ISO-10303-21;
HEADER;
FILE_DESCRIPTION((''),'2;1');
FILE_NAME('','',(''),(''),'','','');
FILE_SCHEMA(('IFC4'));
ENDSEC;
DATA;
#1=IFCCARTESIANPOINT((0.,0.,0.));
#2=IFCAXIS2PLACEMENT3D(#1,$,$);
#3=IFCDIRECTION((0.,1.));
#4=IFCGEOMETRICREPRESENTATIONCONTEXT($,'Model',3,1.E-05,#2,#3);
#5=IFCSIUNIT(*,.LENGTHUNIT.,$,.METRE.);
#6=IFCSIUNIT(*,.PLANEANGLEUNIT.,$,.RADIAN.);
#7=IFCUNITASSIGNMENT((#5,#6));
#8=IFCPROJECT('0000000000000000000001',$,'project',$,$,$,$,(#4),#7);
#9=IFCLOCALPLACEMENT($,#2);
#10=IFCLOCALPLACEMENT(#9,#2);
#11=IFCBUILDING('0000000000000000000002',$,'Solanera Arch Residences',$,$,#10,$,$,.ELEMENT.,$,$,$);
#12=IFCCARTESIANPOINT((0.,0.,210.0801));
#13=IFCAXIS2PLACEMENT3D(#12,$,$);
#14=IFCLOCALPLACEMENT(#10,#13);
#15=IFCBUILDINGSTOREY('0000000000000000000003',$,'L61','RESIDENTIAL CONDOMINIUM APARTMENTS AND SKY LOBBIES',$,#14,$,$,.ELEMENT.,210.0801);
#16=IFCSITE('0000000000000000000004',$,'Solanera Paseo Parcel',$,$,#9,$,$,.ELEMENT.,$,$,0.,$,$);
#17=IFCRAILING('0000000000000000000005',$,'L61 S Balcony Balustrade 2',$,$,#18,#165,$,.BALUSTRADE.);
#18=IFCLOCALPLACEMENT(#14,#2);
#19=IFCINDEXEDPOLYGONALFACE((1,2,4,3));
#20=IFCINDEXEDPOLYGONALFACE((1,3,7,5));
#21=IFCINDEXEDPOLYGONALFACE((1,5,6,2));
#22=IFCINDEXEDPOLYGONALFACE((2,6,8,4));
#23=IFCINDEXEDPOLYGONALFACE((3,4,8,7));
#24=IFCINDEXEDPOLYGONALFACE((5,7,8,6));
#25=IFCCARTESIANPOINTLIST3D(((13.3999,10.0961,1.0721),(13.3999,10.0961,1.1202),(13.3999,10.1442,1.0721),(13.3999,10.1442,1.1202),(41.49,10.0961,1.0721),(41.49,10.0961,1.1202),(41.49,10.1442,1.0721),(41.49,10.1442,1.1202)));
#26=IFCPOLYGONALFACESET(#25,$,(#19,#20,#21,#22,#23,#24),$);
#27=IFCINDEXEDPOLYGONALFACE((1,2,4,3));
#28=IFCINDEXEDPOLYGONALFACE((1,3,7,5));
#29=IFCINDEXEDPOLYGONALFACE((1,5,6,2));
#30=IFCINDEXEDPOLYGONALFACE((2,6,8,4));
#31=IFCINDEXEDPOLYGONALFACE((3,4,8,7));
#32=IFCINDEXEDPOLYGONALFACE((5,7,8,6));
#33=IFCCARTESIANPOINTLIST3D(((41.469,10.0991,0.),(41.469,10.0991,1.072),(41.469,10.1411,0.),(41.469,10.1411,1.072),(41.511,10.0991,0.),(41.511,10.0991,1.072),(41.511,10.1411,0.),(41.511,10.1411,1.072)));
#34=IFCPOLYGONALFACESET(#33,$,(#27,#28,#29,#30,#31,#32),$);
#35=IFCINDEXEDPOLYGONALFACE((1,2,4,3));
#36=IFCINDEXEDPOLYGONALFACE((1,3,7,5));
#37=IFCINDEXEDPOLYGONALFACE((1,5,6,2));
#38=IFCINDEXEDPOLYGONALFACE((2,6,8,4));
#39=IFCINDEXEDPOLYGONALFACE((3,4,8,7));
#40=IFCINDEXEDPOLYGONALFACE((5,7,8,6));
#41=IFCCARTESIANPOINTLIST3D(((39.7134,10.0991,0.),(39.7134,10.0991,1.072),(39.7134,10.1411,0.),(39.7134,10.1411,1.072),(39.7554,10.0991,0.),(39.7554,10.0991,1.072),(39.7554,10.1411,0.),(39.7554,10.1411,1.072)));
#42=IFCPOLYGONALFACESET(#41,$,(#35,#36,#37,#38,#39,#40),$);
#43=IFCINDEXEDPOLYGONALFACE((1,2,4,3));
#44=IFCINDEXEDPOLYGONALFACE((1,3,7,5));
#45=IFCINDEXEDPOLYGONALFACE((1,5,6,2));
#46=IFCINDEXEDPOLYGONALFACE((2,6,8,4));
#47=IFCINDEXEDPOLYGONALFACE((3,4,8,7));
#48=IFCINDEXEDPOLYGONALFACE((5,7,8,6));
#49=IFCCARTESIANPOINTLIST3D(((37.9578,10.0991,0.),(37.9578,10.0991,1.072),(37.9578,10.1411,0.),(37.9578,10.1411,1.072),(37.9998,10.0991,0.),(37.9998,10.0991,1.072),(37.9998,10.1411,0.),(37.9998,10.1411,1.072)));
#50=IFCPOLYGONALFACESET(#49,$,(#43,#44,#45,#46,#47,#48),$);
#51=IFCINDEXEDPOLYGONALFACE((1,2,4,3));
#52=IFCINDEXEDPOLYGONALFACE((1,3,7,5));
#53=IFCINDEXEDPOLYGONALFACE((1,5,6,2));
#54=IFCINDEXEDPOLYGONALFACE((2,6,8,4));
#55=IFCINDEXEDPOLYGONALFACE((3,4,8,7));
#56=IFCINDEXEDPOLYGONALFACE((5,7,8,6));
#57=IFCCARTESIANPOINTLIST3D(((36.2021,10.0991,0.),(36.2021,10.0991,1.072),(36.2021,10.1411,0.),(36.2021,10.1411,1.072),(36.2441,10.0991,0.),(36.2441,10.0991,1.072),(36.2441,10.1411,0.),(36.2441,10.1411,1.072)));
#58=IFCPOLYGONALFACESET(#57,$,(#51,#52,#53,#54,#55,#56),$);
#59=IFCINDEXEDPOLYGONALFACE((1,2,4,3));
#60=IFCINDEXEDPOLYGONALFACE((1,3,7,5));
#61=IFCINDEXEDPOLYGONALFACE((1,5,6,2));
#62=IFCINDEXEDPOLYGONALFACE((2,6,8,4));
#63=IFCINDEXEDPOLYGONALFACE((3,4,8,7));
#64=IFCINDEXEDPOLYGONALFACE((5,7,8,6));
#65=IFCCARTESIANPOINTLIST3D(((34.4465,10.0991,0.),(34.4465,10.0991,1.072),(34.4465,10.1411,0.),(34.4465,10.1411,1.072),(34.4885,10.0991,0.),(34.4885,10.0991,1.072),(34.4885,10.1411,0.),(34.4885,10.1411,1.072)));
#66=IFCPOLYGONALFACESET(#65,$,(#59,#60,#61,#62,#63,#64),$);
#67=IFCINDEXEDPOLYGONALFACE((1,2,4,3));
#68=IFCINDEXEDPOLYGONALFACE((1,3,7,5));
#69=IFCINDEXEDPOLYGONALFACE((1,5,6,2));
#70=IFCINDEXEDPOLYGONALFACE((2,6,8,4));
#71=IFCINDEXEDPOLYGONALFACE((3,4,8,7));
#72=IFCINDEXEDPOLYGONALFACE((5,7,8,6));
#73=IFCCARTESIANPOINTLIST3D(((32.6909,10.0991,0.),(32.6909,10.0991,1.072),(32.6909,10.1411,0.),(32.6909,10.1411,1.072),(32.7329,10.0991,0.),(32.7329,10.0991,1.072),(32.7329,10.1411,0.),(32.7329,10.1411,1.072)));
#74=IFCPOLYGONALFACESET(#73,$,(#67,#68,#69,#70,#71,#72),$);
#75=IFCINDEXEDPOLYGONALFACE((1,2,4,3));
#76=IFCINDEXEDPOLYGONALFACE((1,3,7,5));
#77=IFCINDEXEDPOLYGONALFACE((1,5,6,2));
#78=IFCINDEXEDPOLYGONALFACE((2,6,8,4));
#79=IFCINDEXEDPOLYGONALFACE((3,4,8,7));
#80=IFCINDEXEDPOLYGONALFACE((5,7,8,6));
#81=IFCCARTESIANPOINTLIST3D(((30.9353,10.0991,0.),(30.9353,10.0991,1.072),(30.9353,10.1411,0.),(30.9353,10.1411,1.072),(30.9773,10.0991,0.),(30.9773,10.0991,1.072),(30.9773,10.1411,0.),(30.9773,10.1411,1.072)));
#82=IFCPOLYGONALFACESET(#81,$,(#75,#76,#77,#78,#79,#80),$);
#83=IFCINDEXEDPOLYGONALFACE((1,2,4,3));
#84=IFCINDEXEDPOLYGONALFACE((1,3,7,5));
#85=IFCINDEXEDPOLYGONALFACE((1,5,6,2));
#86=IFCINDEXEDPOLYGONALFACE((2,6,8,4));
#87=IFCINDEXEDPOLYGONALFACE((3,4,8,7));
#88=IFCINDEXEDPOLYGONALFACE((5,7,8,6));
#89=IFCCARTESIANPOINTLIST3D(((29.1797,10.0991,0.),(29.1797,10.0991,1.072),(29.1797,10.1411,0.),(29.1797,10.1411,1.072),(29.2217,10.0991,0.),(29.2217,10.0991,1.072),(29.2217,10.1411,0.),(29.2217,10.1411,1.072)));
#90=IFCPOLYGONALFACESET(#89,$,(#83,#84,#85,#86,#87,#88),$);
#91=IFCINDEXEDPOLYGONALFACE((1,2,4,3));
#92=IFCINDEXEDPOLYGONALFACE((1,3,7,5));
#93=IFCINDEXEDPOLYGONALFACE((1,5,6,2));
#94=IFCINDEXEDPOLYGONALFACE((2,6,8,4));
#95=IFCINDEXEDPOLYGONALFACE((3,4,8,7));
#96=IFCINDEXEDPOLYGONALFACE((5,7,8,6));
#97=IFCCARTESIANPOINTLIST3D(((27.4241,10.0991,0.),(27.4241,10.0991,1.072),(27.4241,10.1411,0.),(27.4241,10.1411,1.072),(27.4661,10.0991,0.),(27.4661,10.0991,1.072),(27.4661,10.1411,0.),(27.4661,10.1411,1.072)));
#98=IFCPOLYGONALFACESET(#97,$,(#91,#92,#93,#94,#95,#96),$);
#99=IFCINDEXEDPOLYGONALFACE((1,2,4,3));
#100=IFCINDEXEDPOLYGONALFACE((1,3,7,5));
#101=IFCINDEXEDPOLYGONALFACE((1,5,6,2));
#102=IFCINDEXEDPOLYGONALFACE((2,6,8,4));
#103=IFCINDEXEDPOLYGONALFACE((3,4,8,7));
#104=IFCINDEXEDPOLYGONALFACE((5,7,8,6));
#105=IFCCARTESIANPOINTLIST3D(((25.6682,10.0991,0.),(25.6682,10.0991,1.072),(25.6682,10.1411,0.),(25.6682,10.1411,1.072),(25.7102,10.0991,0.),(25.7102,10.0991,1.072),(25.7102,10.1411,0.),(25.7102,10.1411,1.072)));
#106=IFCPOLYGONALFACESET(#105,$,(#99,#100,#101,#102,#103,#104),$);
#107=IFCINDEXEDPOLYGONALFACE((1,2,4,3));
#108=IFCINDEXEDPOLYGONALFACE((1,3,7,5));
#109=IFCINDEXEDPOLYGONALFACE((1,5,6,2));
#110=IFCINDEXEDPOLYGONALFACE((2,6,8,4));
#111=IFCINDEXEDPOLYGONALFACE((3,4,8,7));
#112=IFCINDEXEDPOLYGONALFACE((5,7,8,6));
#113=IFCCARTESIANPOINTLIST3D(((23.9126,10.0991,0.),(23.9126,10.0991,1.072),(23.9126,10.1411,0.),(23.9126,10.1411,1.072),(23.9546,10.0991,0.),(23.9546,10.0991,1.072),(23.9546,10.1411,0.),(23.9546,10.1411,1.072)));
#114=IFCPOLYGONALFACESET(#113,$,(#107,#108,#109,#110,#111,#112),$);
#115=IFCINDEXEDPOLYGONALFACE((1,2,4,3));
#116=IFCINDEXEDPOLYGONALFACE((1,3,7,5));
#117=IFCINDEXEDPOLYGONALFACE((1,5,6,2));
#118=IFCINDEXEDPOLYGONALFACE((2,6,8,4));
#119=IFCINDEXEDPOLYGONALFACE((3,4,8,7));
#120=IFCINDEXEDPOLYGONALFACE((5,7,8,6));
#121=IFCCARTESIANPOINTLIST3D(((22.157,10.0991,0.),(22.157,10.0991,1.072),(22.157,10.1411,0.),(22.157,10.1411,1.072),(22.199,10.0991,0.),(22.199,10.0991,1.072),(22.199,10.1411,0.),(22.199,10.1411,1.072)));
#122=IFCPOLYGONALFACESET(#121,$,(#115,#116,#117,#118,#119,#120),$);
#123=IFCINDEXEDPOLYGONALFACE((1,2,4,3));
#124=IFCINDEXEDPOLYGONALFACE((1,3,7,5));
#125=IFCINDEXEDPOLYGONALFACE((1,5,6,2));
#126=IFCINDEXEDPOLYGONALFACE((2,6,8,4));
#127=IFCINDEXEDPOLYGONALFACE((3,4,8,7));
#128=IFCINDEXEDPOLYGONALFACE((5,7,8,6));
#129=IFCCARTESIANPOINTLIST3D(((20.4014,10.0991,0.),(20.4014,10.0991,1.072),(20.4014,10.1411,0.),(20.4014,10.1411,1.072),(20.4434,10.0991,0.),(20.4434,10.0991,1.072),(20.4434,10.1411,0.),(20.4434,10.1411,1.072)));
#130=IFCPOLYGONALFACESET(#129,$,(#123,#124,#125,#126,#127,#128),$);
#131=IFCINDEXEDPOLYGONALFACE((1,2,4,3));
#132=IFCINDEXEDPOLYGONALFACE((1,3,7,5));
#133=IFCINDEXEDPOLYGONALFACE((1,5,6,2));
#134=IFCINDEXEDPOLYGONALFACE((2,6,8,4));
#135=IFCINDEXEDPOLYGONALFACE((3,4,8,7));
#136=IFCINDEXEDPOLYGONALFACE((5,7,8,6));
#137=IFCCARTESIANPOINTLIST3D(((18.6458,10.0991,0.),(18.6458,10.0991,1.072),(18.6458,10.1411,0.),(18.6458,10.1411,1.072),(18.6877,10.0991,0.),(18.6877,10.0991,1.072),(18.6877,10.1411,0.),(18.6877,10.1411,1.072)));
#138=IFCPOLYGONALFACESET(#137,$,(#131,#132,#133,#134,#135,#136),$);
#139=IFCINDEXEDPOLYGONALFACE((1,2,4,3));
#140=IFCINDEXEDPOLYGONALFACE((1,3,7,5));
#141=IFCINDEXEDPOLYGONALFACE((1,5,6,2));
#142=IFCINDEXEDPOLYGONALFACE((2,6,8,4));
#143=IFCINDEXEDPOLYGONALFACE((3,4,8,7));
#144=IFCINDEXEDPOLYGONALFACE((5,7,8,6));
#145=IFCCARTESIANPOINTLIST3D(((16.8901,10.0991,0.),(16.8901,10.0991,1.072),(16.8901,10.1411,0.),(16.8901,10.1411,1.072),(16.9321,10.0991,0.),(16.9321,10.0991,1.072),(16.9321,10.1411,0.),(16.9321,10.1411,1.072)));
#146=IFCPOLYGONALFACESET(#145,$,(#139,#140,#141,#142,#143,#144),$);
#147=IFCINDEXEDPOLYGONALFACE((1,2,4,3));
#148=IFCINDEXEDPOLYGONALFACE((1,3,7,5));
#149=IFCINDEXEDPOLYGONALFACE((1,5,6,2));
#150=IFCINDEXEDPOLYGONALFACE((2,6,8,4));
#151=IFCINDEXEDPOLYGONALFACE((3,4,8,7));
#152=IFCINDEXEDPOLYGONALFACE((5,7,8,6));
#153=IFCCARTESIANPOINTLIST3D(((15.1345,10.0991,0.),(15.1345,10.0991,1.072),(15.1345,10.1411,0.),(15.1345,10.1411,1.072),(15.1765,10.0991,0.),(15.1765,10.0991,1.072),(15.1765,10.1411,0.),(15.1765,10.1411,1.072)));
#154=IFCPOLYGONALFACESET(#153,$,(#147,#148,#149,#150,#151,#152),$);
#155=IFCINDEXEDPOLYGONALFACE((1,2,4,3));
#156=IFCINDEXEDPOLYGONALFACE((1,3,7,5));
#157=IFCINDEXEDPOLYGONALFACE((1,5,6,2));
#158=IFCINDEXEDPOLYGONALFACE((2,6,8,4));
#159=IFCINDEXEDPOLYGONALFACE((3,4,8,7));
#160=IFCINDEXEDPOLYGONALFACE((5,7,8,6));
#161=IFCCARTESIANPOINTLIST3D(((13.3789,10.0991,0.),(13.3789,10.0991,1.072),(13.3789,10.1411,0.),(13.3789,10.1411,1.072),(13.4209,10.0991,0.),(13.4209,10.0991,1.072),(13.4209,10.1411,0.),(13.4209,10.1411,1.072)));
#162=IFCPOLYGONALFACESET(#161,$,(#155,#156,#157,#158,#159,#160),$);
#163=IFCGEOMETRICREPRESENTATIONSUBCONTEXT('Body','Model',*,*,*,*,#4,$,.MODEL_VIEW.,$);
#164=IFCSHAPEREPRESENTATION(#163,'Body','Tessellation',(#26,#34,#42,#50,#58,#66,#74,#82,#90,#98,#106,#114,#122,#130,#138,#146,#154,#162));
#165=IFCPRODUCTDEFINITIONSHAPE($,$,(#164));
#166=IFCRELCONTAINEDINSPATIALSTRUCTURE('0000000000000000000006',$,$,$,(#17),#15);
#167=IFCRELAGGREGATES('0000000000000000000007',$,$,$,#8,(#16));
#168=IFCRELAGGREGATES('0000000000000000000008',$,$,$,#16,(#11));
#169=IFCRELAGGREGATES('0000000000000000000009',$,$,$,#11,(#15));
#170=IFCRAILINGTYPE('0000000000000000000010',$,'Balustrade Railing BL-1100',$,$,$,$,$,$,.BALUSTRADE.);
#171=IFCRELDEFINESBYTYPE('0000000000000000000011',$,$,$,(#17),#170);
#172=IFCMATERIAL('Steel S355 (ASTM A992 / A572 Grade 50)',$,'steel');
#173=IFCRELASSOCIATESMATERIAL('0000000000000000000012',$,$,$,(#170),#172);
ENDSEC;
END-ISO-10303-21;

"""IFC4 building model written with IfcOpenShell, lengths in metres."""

from ifc_helpers import new_model, si_unit, direction, frame, origin, origin_2d, place, context, subcontext, project, spatial, rectangle, extrude, material, type_object, element, save


model = new_model("IFC4")

# Units and contexts
model_context = context("Model", 3, precision=1e-05, world=origin(), true_north=direction((0.0, 1.0)))
body_context = subcontext(model_context, "Body", "Model", "MODEL_VIEW")
ifc_project = project(units=[si_unit("LENGTHUNIT", "METRE"), si_unit("PLANEANGLEUNIT", "RADIAN")], contexts=[model_context])

# Site, building, storey
site_placement = place(None, origin())
site = spatial("IfcSite", under=ifc_project, at=site_placement, Name="Solanera Paseo Parcel", CompositionType="ELEMENT", RefElevation=0.0)
building_placement = place(site_placement, origin())
building = spatial("IfcBuilding", under=site, at=building_placement, Name="Solanera Arch Residences", CompositionType="ELEMENT")
storey_placement = place(building_placement, frame((0.0, 0.0, 210.0801)))
storey = spatial("IfcBuildingStorey", under=building, at=storey_placement, Name="L61", Description="RESIDENTIAL CONDOMINIUM APARTMENTS AND SKY LOBBIES", CompositionType="ELEMENT", Elevation=210.0801)

# Railing
ifc_material_1 = material(Name="Steel S355 (ASTM A992 / A572 Grade 50)", Category="steel")
railing_type = type_object("IfcRailingType", Name="Balustrade Railing BL-1100", PredefinedType="BALUSTRADE", material=ifc_material_1)
railing_1_placement = place(storey_placement, frame((41.49, 10.1201, 0.0)))
element("IfcRailing", 1, at=railing_1_placement, inside=storey, type_object=railing_type, Name="L61 S Balcony Balustrade 2", PredefinedType="BALUSTRADE", context=body_context, shape_type="SweptSolid", body=[
    extrude(rectangle(XDim=0.0481, YDim=0.0481, at=origin_2d()), frame((0.0, 0.0, 1.0962), z_axis=(-1.0, 0.0, 0.0), x_axis=(0.0, -1.0, 0.0)), (0.0, 0.0, 1.0), 28.0901),
    extrude(rectangle(XDim=0.042, YDim=0.042, at=origin_2d()), origin(), (0.0, 0.0, 1.0), 1.072),
    extrude(rectangle(XDim=0.042, YDim=0.042, at=origin_2d()), frame((-1.7556, 0.0, 0.0)), (0.0, 0.0, 1.0), 1.072),
    extrude(rectangle(XDim=0.042, YDim=0.042, at=origin_2d()), frame((-3.5112, 0.0, 0.0)), (0.0, 0.0, 1.0), 1.072),
    extrude(rectangle(XDim=0.042, YDim=0.042, at=origin_2d()), frame((-5.2668, 0.0, 0.0)), (0.0, 0.0, 1.0), 1.072),
    extrude(rectangle(XDim=0.042, YDim=0.042, at=origin_2d()), frame((-7.0225, 0.0, 0.0)), (0.0, 0.0, 1.0), 1.072),
    extrude(rectangle(XDim=0.042, YDim=0.042, at=origin_2d()), frame((-8.7781, 0.0, 0.0)), (0.0, 0.0, 1.0), 1.072),
    extrude(rectangle(XDim=0.042, YDim=0.042, at=origin_2d()), frame((-10.5337, 0.0, 0.0)), (0.0, 0.0, 1.0), 1.072),
    extrude(rectangle(XDim=0.042, YDim=0.042, at=origin_2d()), frame((-12.2893, 0.0, 0.0)), (0.0, 0.0, 1.0), 1.072),
    extrude(rectangle(XDim=0.042, YDim=0.042, at=origin_2d()), frame((-14.0449, 0.0, 0.0)), (0.0, 0.0, 1.0), 1.072),
    extrude(rectangle(XDim=0.042, YDim=0.042, at=origin_2d()), frame((-15.8008, 0.0, 0.0)), (0.0, 0.0, 1.0), 1.072),
    extrude(rectangle(XDim=0.042, YDim=0.042, at=origin_2d()), frame((-17.5564, 0.0, 0.0)), (0.0, 0.0, 1.0), 1.072),
    extrude(rectangle(XDim=0.042, YDim=0.042, at=origin_2d()), frame((-19.312, 0.0, 0.0)), (0.0, 0.0, 1.0), 1.072),
    extrude(rectangle(XDim=0.042, YDim=0.042, at=origin_2d()), frame((-21.0676, 0.0, 0.0)), (0.0, 0.0, 1.0), 1.072),
    extrude(rectangle(XDim=0.042, YDim=0.042, at=origin_2d()), frame((-22.8232, 0.0, 0.0)), (0.0, 0.0, 1.0), 1.072),
    extrude(rectangle(XDim=0.042, YDim=0.042, at=origin_2d()), frame((-24.5789, 0.0, 0.0)), (0.0, 0.0, 1.0), 1.072),
    extrude(rectangle(XDim=0.042, YDim=0.042, at=origin_2d()), frame((-26.3345, 0.0, 0.0)), (0.0, 0.0, 1.0), 1.072),
    extrude(rectangle(XDim=0.042, YDim=0.042, at=origin_2d()), frame((-28.0901, 0.0, 0.0)), (0.0, 0.0, 1.0), 1.072),
])

save(model, "model.ifc")
